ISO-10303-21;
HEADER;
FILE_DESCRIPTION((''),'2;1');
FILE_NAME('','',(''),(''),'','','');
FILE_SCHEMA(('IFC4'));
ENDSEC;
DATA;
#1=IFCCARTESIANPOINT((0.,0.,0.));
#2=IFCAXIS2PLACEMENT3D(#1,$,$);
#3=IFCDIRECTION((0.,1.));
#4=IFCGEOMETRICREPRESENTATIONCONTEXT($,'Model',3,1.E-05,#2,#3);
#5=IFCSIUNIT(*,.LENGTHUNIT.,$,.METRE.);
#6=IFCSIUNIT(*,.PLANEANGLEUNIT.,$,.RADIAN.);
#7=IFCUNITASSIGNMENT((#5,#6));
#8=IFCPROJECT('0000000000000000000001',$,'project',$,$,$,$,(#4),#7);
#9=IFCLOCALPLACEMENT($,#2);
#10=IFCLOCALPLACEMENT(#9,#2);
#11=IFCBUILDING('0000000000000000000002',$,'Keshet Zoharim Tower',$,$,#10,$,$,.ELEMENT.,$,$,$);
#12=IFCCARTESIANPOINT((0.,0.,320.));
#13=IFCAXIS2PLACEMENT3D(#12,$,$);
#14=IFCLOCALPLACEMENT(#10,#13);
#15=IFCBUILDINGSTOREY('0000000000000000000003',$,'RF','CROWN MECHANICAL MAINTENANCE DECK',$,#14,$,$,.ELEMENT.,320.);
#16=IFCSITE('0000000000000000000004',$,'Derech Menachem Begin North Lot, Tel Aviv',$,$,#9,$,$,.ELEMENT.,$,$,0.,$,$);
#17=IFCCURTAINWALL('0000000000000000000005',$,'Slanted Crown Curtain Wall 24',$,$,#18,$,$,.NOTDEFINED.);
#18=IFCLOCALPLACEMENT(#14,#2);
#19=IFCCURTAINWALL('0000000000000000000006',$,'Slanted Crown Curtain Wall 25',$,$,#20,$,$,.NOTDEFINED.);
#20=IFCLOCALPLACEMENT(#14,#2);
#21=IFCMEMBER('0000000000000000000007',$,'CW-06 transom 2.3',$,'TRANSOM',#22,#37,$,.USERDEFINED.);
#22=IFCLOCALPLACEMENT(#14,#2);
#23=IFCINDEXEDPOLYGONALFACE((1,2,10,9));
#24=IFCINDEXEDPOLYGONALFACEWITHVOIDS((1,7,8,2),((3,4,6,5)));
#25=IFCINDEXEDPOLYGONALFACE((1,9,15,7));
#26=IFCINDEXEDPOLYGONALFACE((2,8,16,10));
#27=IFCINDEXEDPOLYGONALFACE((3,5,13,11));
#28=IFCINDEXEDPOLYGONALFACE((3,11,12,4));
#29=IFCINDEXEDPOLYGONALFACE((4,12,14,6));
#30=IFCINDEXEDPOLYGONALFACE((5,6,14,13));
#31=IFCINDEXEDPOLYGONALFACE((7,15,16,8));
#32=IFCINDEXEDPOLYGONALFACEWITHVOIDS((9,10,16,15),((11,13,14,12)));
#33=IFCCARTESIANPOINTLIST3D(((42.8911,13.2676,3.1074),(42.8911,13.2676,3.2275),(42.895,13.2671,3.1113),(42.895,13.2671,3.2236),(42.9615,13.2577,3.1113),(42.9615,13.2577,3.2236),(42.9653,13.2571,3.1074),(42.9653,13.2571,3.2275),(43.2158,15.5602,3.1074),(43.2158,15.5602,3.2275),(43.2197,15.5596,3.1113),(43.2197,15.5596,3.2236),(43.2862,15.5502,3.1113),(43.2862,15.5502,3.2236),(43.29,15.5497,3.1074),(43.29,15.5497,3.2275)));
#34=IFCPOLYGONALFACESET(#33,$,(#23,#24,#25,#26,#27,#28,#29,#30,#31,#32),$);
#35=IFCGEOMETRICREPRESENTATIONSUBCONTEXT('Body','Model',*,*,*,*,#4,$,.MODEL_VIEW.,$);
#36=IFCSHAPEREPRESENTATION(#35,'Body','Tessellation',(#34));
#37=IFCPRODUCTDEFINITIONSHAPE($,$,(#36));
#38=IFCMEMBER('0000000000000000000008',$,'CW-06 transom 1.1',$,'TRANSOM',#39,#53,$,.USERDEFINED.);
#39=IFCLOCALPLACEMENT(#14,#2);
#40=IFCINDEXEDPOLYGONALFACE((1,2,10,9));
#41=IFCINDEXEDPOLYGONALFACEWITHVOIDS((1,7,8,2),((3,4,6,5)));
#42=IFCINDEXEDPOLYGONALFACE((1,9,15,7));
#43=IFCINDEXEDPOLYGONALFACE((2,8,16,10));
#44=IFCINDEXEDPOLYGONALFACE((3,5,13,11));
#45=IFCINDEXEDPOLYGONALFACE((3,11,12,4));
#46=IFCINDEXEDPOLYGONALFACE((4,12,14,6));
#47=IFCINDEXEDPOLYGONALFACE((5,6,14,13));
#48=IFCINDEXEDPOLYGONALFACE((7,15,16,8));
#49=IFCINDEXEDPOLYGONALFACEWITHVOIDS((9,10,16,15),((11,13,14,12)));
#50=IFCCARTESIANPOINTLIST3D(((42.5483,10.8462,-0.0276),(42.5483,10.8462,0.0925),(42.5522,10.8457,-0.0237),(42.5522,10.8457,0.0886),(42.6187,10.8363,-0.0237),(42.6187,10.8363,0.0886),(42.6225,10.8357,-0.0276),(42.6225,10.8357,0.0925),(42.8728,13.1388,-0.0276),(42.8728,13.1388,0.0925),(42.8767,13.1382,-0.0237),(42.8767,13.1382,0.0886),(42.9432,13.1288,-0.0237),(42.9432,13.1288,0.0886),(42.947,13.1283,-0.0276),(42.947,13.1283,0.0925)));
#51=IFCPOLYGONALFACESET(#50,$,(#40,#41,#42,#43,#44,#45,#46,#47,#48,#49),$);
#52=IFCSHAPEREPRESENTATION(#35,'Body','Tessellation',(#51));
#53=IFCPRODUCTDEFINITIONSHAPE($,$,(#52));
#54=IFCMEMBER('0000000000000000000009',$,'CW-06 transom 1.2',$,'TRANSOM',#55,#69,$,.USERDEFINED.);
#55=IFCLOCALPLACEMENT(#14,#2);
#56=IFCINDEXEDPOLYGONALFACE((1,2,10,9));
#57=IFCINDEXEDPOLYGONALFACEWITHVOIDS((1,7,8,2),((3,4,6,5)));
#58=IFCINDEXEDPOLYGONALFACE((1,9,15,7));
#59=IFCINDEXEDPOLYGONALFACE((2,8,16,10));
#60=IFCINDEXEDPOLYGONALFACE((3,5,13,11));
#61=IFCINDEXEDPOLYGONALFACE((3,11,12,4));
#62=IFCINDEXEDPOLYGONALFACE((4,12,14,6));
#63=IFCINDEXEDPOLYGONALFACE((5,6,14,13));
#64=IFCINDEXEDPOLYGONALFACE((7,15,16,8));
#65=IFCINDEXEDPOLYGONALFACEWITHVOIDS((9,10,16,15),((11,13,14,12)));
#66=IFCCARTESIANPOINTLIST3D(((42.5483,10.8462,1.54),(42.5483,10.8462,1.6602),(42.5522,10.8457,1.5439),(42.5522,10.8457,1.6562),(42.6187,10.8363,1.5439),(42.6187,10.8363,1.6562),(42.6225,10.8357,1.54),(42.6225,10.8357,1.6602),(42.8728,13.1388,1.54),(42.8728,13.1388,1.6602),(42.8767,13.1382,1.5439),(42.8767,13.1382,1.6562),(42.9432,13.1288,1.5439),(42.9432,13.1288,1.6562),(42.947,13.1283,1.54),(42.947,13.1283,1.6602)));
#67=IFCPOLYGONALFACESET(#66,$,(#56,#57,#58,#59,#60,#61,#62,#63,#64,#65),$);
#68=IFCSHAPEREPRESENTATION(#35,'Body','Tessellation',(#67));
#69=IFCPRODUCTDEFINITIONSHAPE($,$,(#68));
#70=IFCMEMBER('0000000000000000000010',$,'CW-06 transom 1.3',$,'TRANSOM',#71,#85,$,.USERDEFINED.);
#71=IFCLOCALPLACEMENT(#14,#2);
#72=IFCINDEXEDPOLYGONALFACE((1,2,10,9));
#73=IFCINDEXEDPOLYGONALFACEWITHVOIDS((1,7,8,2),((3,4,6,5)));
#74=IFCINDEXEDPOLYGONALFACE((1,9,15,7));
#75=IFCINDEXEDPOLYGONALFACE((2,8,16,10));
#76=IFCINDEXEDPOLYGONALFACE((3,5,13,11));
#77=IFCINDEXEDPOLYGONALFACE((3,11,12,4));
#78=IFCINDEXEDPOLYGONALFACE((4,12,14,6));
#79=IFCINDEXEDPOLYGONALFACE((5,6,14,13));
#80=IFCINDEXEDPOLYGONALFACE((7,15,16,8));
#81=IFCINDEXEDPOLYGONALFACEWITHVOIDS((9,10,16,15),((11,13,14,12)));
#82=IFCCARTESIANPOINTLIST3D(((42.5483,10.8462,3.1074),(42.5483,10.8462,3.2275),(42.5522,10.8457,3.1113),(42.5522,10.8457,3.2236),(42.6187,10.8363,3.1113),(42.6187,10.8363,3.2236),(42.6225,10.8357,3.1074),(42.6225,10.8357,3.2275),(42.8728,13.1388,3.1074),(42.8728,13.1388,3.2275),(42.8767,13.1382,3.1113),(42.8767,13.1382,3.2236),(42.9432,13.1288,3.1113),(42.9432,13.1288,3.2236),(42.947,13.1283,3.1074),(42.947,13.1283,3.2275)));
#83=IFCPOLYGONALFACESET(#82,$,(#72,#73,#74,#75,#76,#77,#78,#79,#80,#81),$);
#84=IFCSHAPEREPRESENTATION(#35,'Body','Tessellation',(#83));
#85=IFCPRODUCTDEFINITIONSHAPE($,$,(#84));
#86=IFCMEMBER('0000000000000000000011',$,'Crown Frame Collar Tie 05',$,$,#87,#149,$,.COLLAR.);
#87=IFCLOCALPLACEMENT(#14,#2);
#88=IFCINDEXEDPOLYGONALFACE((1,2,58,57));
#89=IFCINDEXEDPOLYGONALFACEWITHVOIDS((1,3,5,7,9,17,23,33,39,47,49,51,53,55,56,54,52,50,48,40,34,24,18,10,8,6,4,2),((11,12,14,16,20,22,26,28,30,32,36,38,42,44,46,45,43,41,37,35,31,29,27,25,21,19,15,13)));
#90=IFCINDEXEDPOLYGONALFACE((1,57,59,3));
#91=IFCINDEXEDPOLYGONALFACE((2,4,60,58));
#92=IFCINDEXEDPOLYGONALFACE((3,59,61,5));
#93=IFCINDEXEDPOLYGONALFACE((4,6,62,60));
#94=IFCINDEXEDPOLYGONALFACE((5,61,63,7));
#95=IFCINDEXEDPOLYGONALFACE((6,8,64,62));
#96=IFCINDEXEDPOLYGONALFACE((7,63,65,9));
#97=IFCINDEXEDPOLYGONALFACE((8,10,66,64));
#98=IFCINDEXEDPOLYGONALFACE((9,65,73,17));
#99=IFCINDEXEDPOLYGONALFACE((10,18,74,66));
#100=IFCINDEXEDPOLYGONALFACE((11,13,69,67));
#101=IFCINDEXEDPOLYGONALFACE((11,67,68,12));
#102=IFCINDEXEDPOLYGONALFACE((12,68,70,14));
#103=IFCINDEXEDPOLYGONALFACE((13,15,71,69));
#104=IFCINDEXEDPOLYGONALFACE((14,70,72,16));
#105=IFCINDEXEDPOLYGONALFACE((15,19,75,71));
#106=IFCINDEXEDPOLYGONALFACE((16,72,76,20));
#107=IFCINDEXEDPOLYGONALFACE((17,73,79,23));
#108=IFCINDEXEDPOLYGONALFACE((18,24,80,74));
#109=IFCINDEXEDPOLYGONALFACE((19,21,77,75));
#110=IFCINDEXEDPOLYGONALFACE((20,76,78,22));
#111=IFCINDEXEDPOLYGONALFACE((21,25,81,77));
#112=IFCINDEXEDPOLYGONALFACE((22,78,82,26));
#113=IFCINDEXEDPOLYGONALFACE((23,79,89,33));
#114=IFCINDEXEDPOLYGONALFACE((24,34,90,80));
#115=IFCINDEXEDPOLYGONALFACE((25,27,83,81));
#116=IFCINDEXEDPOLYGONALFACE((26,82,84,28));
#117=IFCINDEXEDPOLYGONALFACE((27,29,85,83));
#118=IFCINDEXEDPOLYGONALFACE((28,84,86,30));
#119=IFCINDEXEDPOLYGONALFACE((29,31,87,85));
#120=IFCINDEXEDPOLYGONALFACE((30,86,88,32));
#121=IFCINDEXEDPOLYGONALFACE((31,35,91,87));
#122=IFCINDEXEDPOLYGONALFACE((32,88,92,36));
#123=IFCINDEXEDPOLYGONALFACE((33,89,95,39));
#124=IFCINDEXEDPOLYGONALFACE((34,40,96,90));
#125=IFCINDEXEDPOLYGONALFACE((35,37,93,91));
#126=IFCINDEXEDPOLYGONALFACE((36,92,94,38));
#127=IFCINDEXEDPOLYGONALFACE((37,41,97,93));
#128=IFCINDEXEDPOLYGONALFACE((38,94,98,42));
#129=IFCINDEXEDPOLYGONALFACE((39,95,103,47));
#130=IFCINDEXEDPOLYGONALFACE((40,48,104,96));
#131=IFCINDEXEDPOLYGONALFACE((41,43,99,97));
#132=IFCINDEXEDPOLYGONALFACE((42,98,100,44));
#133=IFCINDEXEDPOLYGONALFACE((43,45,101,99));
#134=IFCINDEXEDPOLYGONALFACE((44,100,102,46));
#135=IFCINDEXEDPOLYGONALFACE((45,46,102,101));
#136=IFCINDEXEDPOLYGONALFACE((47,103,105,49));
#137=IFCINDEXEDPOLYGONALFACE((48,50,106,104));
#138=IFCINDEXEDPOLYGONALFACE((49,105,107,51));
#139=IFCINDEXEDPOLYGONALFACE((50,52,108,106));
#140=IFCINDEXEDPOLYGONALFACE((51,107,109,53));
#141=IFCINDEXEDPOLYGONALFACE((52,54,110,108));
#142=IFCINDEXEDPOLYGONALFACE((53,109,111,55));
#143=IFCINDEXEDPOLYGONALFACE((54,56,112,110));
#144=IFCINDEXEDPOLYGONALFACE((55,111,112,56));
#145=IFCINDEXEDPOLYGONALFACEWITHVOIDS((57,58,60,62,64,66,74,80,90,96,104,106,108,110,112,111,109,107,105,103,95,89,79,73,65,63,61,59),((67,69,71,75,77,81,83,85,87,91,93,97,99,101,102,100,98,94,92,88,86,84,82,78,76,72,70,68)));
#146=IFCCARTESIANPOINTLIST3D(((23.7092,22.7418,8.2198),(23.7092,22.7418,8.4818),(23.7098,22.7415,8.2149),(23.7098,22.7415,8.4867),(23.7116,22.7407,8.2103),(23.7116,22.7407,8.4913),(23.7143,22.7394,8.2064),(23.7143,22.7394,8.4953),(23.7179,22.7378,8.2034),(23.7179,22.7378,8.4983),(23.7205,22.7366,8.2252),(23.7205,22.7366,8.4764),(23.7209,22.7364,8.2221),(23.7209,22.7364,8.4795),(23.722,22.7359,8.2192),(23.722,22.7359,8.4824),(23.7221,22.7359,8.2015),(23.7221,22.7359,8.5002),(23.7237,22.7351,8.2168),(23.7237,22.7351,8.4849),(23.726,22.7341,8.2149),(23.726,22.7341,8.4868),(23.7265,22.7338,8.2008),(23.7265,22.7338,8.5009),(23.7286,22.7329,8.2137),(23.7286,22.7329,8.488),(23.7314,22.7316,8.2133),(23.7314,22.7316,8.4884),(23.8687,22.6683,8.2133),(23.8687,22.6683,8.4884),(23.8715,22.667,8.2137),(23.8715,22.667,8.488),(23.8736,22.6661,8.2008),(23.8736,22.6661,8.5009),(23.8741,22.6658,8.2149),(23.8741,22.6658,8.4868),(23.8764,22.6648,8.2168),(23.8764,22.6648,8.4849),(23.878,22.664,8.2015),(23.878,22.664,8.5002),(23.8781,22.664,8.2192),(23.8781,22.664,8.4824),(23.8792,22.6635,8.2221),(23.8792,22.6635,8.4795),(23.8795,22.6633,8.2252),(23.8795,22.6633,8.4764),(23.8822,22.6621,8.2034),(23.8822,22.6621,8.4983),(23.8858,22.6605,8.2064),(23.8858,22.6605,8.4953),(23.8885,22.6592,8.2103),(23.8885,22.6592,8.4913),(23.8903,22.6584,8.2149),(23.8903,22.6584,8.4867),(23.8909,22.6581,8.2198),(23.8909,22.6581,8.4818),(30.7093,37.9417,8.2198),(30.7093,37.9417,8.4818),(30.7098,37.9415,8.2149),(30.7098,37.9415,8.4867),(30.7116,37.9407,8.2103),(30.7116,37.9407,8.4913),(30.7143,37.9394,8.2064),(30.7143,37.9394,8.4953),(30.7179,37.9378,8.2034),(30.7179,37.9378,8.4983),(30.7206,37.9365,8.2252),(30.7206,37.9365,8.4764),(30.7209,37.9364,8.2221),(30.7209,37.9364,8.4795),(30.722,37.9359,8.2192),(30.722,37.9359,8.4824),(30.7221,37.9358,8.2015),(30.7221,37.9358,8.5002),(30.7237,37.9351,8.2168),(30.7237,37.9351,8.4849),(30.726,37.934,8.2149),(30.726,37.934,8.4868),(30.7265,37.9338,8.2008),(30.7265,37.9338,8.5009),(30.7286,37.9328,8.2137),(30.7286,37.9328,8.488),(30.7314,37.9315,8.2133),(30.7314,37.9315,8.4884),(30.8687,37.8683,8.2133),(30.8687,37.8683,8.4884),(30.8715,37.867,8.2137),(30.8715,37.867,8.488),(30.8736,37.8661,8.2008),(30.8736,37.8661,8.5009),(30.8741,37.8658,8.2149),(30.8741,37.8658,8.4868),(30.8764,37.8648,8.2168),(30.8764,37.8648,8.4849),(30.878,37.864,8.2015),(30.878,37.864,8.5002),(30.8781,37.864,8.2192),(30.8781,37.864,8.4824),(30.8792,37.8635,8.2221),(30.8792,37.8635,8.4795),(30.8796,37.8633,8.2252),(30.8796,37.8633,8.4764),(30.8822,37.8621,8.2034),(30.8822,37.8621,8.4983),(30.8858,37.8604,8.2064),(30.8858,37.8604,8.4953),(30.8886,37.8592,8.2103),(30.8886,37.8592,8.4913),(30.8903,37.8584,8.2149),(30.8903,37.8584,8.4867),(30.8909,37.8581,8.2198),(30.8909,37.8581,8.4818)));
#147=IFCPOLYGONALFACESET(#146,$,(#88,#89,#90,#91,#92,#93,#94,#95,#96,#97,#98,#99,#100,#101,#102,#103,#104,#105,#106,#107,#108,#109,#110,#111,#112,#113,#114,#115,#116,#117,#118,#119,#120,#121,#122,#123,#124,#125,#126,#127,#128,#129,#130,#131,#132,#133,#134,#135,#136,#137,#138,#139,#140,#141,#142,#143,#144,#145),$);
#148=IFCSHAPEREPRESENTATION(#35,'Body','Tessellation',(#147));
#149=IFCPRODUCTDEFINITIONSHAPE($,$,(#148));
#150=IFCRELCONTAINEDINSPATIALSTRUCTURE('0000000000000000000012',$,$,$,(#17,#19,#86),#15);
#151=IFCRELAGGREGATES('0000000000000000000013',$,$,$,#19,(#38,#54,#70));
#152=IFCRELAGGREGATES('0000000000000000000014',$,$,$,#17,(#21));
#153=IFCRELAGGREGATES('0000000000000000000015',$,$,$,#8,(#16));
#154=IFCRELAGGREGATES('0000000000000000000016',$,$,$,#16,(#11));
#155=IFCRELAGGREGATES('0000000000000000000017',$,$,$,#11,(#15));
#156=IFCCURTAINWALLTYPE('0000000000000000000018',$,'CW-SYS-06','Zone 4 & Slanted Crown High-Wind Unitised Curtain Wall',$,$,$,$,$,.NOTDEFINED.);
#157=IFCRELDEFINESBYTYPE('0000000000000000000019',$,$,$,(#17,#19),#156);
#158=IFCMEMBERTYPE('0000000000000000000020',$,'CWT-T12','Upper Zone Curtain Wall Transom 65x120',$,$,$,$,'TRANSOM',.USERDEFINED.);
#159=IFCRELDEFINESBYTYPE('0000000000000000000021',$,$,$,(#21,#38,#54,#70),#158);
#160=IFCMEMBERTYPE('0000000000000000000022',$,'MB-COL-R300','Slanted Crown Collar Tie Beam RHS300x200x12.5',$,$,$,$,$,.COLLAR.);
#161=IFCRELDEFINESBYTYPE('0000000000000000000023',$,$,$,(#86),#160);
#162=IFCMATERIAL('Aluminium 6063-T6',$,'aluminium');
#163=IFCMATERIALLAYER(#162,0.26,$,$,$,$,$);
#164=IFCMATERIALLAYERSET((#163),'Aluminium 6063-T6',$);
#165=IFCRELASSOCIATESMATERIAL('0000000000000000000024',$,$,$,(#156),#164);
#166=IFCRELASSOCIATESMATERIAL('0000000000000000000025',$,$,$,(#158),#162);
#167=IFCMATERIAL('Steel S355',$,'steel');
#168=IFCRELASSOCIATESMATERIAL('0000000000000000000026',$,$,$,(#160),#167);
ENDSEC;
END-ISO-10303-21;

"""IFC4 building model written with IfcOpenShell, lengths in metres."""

from ifc_helpers import new_model, si_unit, direction, frame, origin, origin_2d, place, context, subcontext, project, spatial, hollow_rectangle, extrude, material, layer, layer_set, material_profile, profile_set, type_object, element, aggregate, save


model = new_model("IFC4")

# Units and contexts
model_context = context("Model", 3, precision=1e-05, world=origin(), true_north=direction((0.0, 1.0)))
body_context = subcontext(model_context, "Body", "Model", "MODEL_VIEW")
ifc_project = project(units=[si_unit("LENGTHUNIT", "METRE"), si_unit("PLANEANGLEUNIT", "RADIAN")], contexts=[model_context])

# Site, building, storey
site_placement = place(None, origin())
site = spatial("IfcSite", under=ifc_project, at=site_placement, Name="Derech Menachem Begin North Lot, Tel Aviv", CompositionType="ELEMENT", RefElevation=0.0)
building_placement = place(site_placement, origin())
building = spatial("IfcBuilding", under=site, at=building_placement, Name="Keshet Zoharim Tower", CompositionType="ELEMENT")
storey_placement = place(building_placement, frame((0.0, 0.0, 320.0)))
storey = spatial("IfcBuildingStorey", under=building, at=storey_placement, Name="RF", Description="CROWN MECHANICAL MAINTENANCE DECK", CompositionType="ELEMENT", Elevation=320.0)

# Shared definitions
ifc_material_1 = material(Name="Steel S355", Category="steel")

# Curtain wall
ifc_material_2 = material(Name="Aluminium 6063-T6", Category="aluminium")
ifc_layer_1 = layer(ifc_material_2, 0.26)
ifc_layer_set_1 = layer_set([ifc_layer_1], Name="Aluminium 6063-T6")
curtain_wall_type = type_object("IfcCurtainWallType", Name="CW-SYS-06", Description="Zone 4 & Slanted Crown High-Wind Unitised Curtain Wall", PredefinedType="NOTDEFINED", material=ifc_layer_set_1)
curtain_wall_1_placement = place(storey_placement, origin())
curtain_wall_1 = element("IfcCurtainWall", 1, at=curtain_wall_1_placement, inside=storey, type_object=curtain_wall_type, Name="Slanted Crown Curtain Wall 24", PredefinedType="NOTDEFINED")

# Curtain wall
curtain_wall_2_placement = place(storey_placement, origin())
curtain_wall_2 = element("IfcCurtainWall", 2, at=curtain_wall_2_placement, inside=storey, type_object=curtain_wall_type, Name="Slanted Crown Curtain Wall 25", PredefinedType="NOTDEFINED")

# Members
ifc_material_profile_1 = material_profile(ifc_material_2, hollow_rectangle(XDim=0.075, YDim=0.1201, WallThickness=0.0039, at=origin_2d()), Name="TRN-75x120")
ifc_profile_set_1 = profile_set([ifc_material_profile_1], Name="Aluminium 6063-T6")
member_type_1 = type_object("IfcMemberType", Name="CWT-T12", Description="Upper Zone Curtain Wall Transom 65x120", ElementType="TRANSOM", PredefinedType="USERDEFINED", material=ifc_profile_set_1)
member_1_placement = place(storey_placement, frame((43.2529, 15.5549, 3.1675), z_axis=(-0.14024, -0.990117, 0.0), x_axis=(0.990117, -0.14024, 0.0)))
member_1 = element("IfcMember", 3, at=member_1_placement, type_object=member_type_1, Name="CW-06 transom 2.3", ObjectType="TRANSOM", PredefinedType="USERDEFINED", context=body_context, shape_type="SweptSolid", body=[
    extrude(hollow_rectangle(XDim=0.075, YDim=0.1201, WallThickness=0.0039, at=origin_2d()), origin(), (0.0, 0.0, 1.0), 2.3154),
])
member_2_placement = place(storey_placement, frame((42.9099, 13.1335, 0.0325), z_axis=(-0.140137, -0.990132, 0.0), x_axis=(0.990132, -0.140137, 0.0)))
member_2 = element("IfcMember", 4, at=member_2_placement, type_object=member_type_1, Name="CW-06 transom 1.1", ObjectType="TRANSOM", PredefinedType="USERDEFINED", context=body_context, shape_type="SweptSolid", body=[
    extrude(hollow_rectangle(XDim=0.075, YDim=0.1201, WallThickness=0.0039, at=origin_2d()), origin(), (0.0, 0.0, 1.0), 2.3154),
])
member_3_placement = place(storey_placement, frame((42.9099, 13.1335, 1.6001), z_axis=(-0.140137, -0.990132, 0.0), x_axis=(0.990132, -0.140137, 0.0)))
member_3 = element("IfcMember", 5, at=member_3_placement, type_object=member_type_1, Name="CW-06 transom 1.2", ObjectType="TRANSOM", PredefinedType="USERDEFINED", context=body_context, shape_type="SweptSolid", body=[
    extrude(hollow_rectangle(XDim=0.075, YDim=0.1201, WallThickness=0.0039, at=origin_2d()), origin(), (0.0, 0.0, 1.0), 2.3154),
])
member_4_placement = place(storey_placement, frame((42.9099, 13.1335, 3.1675), z_axis=(-0.140137, -0.990132, 0.0), x_axis=(0.990132, -0.140137, 0.0)))
member_4 = element("IfcMember", 6, at=member_4_placement, type_object=member_type_1, Name="CW-06 transom 1.3", ObjectType="TRANSOM", PredefinedType="USERDEFINED", context=body_context, shape_type="SweptSolid", body=[
    extrude(hollow_rectangle(XDim=0.075, YDim=0.1201, WallThickness=0.0039, at=origin_2d()), origin(), (0.0, 0.0, 1.0), 2.3154),
])
aggregate(curtain_wall_2, [member_2, member_3, member_4])

# Member
ifc_material_profile_2 = material_profile(ifc_material_1, hollow_rectangle(XDim=0.2, YDim=0.3, WallThickness=0.0125, InnerFilletRadius=0.012, OuterFilletRadius=0.019, at=origin_2d()), Name="RHS300x200x12.5")
ifc_profile_set_2 = profile_set([ifc_material_profile_2], Name="Steel S355")
member_type_2 = type_object("IfcMemberType", Name="MB-COL-R300", Description="Slanted Crown Collar Tie Beam RHS300x200x12.5", PredefinedType="COLLAR", material=ifc_profile_set_2)
member_5_placement = place(storey_placement, frame((23.8, 22.7, 8.3508), z_axis=(0.418301, 0.908308, 0.0), x_axis=(-0.908308, 0.418301, 0.0)))
element("IfcMember", 7, at=member_5_placement, inside=storey, type_object=member_type_2, Name="Crown Frame Collar Tie 05", PredefinedType="COLLAR", context=body_context, shape_type="SweptSolid", body=[
    extrude(hollow_rectangle(XDim=0.2, YDim=0.3, WallThickness=0.0125, InnerFilletRadius=0.012, OuterFilletRadius=0.019, at=origin_2d()), origin(), (0.0, 0.0, 1.0), 16.7344),
])

aggregate(curtain_wall_1, [member_1])

save(model, "model.ifc")
